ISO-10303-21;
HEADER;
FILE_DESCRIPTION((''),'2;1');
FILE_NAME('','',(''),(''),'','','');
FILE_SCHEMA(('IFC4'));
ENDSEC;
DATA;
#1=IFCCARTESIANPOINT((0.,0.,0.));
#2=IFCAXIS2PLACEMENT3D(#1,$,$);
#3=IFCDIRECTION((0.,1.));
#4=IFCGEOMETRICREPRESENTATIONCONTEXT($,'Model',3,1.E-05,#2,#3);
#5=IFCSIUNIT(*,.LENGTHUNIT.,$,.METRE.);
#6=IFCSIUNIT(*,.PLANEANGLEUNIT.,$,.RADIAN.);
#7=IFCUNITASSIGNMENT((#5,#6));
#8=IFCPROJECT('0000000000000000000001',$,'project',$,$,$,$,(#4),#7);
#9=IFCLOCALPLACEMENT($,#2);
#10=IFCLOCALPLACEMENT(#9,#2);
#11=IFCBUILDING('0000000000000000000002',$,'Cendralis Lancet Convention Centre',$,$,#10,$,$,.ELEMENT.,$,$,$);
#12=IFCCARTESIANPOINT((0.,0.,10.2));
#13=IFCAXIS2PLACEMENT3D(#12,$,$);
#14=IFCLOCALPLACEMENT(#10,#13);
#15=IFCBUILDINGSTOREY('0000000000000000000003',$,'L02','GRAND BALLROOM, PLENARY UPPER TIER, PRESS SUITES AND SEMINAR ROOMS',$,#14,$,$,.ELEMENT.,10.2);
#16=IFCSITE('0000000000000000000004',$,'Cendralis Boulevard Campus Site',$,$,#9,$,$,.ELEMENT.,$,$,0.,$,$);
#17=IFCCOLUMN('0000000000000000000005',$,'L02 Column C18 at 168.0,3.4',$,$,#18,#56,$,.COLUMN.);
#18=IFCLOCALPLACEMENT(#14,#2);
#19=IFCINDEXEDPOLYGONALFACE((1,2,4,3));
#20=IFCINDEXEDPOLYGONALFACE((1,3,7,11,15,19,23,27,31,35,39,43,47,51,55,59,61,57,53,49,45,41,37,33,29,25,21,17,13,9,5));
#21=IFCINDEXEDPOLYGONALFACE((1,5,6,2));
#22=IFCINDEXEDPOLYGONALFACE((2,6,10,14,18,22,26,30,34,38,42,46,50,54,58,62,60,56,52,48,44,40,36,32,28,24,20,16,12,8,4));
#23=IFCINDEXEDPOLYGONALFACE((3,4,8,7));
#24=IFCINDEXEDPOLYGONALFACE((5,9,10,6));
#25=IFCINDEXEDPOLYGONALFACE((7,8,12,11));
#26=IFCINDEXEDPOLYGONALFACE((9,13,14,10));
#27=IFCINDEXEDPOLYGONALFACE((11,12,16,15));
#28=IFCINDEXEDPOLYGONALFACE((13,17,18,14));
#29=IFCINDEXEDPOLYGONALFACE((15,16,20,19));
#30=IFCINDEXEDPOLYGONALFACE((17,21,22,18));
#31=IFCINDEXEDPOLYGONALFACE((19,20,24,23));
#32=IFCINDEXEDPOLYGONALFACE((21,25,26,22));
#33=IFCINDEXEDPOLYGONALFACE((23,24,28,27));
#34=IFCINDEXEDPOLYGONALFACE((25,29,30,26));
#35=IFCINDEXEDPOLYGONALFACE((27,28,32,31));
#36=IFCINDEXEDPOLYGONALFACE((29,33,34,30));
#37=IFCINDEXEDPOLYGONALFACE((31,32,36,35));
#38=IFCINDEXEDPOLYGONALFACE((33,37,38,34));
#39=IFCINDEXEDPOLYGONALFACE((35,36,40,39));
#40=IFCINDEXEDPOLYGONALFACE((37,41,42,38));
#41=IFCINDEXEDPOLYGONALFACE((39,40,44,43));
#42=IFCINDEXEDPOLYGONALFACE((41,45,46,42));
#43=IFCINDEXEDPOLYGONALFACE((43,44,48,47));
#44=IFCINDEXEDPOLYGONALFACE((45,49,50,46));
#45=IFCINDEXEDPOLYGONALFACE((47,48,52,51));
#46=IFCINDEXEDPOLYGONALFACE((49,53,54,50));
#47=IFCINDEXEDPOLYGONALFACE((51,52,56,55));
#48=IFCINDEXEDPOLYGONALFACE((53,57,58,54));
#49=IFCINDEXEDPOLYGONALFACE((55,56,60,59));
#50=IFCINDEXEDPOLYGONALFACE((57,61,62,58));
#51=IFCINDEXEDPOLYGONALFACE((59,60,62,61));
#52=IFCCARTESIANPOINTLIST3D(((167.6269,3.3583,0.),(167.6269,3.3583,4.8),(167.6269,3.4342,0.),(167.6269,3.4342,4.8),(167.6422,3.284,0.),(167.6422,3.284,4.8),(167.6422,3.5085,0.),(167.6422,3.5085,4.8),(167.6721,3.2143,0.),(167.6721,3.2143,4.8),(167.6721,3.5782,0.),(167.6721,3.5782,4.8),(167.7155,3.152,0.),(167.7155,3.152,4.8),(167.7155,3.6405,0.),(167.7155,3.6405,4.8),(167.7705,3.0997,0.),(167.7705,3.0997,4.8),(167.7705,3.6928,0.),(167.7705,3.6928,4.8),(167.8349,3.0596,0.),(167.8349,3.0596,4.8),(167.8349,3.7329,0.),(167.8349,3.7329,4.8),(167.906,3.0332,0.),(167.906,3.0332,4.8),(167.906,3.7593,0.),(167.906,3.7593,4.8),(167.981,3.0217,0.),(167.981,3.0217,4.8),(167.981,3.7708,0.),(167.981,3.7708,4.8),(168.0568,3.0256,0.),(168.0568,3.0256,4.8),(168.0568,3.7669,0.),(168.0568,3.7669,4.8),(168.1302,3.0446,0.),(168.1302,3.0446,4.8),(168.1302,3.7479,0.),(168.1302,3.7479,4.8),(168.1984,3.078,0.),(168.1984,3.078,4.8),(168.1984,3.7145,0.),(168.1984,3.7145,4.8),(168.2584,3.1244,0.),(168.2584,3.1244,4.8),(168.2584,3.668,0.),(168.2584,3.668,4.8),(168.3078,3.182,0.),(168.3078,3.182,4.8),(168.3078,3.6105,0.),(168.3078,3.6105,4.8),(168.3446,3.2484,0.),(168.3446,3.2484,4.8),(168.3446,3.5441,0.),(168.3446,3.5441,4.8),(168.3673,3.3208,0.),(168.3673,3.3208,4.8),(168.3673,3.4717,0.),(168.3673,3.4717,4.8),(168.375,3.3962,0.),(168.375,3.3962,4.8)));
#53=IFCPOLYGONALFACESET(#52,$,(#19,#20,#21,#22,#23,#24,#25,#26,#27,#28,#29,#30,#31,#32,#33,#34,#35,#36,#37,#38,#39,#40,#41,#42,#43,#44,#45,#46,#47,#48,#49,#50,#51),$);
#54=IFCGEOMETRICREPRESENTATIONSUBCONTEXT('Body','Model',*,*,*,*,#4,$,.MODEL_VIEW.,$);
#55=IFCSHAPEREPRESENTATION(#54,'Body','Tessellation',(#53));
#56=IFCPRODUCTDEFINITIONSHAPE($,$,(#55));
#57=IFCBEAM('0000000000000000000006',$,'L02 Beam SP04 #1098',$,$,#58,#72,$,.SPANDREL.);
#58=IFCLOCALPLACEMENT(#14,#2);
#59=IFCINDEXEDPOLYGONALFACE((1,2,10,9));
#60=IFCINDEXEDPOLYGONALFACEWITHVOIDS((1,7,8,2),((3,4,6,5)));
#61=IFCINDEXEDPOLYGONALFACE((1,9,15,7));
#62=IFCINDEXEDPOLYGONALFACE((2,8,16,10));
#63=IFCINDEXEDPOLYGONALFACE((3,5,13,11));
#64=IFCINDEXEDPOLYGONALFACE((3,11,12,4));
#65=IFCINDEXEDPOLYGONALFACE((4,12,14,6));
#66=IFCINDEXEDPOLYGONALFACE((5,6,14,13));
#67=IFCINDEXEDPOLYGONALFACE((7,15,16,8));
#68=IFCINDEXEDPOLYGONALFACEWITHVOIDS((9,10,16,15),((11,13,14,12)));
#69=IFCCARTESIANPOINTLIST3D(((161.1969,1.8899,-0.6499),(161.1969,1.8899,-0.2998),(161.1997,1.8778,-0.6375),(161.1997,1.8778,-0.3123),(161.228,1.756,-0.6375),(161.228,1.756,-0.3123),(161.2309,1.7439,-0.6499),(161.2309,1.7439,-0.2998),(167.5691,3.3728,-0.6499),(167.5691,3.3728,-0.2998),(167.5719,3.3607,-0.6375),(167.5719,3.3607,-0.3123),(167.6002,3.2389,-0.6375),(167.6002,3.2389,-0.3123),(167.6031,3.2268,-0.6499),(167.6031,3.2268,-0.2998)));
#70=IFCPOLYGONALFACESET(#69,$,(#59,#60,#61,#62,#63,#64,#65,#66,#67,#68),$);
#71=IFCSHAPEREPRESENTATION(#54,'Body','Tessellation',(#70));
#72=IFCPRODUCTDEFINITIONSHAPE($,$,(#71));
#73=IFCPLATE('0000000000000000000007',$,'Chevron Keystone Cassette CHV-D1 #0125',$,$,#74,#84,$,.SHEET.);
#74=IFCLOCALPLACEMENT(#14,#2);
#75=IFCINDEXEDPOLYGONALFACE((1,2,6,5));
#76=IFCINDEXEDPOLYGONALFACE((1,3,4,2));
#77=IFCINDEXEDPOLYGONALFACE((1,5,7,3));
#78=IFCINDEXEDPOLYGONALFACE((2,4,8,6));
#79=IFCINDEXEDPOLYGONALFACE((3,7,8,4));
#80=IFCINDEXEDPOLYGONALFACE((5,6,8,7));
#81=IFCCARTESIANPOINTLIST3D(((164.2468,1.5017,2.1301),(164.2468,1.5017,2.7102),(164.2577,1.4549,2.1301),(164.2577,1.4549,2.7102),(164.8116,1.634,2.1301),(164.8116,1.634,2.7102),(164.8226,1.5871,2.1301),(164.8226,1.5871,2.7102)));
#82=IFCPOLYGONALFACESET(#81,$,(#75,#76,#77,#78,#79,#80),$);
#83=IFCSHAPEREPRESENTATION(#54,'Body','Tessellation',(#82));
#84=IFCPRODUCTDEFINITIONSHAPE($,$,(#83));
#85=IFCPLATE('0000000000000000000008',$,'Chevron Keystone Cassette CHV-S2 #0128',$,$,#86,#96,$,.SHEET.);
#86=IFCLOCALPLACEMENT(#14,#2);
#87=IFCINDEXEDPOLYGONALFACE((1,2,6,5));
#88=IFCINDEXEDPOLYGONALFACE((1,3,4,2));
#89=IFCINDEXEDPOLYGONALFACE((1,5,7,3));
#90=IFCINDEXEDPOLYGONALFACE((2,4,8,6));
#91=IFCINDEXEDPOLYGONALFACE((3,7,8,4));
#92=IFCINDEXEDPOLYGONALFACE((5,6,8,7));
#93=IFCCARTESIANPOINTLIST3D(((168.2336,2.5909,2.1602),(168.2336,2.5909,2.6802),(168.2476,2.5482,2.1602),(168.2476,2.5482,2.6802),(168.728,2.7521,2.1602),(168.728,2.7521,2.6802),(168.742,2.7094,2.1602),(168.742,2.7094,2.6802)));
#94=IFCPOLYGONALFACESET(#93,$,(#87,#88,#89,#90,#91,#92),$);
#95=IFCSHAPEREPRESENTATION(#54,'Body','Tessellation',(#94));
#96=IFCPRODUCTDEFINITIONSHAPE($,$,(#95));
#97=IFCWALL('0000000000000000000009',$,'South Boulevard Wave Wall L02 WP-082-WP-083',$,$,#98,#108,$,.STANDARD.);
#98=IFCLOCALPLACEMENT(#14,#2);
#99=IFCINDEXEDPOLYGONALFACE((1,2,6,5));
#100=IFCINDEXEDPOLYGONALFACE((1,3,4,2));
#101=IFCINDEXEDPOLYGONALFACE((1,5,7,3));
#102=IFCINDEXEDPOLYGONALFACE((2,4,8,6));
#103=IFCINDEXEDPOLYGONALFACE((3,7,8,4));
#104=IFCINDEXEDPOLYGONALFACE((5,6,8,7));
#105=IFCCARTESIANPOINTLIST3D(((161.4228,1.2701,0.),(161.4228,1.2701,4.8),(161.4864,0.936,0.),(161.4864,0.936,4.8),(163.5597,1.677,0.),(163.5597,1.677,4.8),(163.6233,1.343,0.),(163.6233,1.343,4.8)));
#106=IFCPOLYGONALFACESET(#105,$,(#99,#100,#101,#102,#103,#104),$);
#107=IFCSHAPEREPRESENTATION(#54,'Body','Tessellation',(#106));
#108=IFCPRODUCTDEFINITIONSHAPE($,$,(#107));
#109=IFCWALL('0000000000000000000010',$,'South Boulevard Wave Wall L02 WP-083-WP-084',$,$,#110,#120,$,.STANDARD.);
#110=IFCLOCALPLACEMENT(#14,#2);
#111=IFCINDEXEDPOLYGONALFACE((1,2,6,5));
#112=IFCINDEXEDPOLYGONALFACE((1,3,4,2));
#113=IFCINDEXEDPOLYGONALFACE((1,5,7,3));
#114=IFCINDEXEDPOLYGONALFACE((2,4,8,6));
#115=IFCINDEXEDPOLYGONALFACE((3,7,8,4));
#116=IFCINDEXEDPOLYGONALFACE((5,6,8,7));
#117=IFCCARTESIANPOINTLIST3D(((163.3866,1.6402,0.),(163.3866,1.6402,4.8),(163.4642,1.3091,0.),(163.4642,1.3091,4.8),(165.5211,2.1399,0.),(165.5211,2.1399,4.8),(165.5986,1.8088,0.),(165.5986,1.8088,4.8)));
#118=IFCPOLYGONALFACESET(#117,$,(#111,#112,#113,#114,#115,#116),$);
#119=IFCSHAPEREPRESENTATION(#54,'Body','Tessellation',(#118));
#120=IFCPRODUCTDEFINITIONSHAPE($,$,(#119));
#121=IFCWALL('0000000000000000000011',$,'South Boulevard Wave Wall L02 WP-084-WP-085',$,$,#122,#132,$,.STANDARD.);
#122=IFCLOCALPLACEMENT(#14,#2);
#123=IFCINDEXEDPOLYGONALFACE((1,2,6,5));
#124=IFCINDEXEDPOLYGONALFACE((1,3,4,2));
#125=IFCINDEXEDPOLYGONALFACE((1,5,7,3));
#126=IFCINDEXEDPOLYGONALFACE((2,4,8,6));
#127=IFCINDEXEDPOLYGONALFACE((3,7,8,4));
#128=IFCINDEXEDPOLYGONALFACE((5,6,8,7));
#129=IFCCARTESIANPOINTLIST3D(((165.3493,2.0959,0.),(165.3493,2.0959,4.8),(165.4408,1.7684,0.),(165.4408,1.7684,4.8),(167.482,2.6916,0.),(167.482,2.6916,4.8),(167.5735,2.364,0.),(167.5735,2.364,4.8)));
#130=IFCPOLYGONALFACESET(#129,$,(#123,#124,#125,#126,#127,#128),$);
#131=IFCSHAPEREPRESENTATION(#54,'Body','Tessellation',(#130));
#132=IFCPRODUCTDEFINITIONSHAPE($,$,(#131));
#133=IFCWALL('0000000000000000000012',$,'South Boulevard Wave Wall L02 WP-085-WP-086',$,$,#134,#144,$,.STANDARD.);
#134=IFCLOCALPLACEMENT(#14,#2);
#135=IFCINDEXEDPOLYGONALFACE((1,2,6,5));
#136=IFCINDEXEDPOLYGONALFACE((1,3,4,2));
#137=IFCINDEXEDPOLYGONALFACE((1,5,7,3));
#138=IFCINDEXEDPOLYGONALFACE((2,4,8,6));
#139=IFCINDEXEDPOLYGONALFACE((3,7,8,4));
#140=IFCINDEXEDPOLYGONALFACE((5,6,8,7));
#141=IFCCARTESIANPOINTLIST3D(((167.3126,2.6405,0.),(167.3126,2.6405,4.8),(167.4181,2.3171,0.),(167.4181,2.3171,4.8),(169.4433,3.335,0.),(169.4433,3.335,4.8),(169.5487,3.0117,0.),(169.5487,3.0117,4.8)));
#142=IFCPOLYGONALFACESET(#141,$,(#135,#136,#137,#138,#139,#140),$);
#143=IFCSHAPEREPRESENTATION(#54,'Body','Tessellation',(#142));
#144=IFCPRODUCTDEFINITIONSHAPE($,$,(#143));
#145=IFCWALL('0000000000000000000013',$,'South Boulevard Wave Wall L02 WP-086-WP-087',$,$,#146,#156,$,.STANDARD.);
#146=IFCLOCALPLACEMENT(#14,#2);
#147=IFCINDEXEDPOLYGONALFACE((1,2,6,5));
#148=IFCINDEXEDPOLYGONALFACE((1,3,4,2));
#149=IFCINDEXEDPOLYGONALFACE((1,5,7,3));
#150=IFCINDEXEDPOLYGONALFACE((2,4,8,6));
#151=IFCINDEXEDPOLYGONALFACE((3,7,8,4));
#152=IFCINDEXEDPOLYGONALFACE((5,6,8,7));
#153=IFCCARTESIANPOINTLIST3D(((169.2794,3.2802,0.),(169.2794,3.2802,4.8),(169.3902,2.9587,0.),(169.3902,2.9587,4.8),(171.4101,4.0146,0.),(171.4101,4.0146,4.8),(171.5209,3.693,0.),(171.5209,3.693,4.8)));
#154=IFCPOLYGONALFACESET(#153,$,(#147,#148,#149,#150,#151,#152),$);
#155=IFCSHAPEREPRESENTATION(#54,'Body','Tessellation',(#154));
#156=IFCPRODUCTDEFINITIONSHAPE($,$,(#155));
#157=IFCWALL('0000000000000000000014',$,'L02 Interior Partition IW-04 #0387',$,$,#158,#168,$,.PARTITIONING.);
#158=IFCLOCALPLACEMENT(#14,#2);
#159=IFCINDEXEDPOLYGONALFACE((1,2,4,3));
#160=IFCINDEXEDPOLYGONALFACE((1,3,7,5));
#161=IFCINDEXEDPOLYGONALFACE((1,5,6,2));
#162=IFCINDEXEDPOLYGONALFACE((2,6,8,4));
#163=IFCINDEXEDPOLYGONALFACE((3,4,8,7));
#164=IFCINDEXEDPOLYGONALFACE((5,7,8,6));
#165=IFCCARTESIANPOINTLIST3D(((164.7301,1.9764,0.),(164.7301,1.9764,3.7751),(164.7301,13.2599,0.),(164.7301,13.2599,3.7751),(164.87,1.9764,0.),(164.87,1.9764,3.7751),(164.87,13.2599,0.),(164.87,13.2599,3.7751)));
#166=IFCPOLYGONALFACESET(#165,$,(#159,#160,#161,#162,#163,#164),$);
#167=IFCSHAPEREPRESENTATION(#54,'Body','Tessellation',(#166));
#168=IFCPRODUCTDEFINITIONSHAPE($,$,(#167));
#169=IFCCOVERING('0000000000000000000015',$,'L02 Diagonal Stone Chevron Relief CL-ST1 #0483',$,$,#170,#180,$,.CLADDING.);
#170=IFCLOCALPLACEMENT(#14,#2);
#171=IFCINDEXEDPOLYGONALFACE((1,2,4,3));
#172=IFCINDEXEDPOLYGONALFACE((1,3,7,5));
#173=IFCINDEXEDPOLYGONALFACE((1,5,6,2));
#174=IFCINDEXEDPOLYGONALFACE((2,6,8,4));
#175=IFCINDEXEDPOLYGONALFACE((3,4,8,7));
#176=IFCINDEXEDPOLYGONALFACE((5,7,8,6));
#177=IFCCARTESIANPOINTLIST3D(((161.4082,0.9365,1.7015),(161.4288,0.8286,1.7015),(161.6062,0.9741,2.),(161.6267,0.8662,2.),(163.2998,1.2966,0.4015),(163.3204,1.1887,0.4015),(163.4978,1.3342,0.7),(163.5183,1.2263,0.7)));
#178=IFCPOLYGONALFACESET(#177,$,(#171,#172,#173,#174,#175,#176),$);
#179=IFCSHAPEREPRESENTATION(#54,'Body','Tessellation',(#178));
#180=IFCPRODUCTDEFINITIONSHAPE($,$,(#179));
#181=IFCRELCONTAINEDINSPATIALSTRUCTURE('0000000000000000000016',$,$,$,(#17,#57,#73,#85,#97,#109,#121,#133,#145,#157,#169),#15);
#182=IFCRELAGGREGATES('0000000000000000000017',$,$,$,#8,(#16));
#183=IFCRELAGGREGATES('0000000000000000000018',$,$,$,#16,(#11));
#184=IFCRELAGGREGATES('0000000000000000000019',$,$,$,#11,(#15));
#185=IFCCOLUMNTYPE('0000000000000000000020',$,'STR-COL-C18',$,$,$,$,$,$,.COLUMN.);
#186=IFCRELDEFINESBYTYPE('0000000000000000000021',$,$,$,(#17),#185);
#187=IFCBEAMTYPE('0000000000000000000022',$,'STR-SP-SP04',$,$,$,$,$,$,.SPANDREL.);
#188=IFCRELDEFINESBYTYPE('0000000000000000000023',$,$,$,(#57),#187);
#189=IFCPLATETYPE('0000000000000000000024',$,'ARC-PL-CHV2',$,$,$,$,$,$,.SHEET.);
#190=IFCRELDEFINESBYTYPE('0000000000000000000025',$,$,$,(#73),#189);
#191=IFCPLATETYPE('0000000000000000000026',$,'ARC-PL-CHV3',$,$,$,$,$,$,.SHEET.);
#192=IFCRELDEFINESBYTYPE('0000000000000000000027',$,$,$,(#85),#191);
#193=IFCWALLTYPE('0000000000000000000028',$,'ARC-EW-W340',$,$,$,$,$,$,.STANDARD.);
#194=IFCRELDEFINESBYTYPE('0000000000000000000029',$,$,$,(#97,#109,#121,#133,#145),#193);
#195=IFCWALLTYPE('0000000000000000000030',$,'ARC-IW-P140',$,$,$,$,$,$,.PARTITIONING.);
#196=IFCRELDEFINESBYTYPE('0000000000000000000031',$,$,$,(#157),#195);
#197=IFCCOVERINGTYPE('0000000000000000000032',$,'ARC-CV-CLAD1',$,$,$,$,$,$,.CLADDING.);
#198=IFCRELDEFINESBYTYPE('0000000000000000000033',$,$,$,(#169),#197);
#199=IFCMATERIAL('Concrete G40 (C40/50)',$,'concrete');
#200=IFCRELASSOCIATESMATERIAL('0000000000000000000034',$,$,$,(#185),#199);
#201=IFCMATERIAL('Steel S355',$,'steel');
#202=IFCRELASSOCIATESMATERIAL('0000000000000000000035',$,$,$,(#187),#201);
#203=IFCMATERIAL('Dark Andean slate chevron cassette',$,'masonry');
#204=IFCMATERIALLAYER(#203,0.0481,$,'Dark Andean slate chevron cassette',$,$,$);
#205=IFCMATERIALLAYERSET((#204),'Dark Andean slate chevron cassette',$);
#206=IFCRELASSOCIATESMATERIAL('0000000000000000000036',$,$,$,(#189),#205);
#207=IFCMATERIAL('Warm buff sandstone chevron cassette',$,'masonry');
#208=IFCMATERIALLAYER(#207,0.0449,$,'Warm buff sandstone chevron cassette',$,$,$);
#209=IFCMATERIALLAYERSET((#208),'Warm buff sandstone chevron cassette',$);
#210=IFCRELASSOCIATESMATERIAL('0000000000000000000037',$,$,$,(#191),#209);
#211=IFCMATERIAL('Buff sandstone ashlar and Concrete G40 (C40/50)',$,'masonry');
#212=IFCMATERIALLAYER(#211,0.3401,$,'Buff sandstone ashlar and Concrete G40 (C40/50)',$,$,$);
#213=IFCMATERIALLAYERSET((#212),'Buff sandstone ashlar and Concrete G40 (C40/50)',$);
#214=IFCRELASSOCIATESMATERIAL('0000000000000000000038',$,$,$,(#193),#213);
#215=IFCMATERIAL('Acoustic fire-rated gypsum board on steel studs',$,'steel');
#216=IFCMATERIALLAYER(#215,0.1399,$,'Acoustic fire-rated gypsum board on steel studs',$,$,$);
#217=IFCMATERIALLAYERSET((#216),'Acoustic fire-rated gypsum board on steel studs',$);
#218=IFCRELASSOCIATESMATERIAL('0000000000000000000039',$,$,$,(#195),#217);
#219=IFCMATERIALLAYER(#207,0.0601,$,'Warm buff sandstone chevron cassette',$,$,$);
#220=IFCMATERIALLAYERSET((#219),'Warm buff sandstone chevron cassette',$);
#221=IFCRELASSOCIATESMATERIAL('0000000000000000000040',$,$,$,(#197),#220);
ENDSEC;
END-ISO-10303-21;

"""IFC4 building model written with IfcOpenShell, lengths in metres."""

from ifc_helpers import new_model, si_unit, direction, frame, frame_2d, origin, origin_2d, place, context, subcontext, project, spatial, polyline, rectangle, hollow_rectangle, circle, outline, extrude, material, layer, layer_set, material_profile, profile_set, type_object, element, save


model = new_model("IFC4")

# Units and contexts
model_context = context("Model", 3, precision=1e-05, world=origin(), true_north=direction((0.0, 1.0)))
body_context = subcontext(model_context, "Body", "Model", "MODEL_VIEW")
ifc_project = project(units=[si_unit("LENGTHUNIT", "METRE"), si_unit("PLANEANGLEUNIT", "RADIAN")], contexts=[model_context])

# Site, building, storey
site_placement = place(None, origin())
site = spatial("IfcSite", under=ifc_project, at=site_placement, Name="Cendralis Boulevard Campus Site", CompositionType="ELEMENT", RefElevation=0.0)
building_placement = place(site_placement, origin())
building = spatial("IfcBuilding", under=site, at=building_placement, Name="Cendralis Lancet Convention Centre", CompositionType="ELEMENT")
storey_placement = place(building_placement, frame((0.0, 0.0, 10.2)))
storey = spatial("IfcBuildingStorey", under=building, at=storey_placement, Name="L02", Description="GRAND BALLROOM, PLENARY UPPER TIER, PRESS SUITES AND SEMINAR ROOMS", CompositionType="ELEMENT", Elevation=10.2)

# Column
ifc_material_1 = material(Name="Concrete G40 (C40/50)", Category="concrete")
ifc_material_profile_1 = material_profile(ifc_material_1, circle(Radius=0.375, at=origin_2d()), Name="RC D750")
ifc_profile_set_1 = profile_set([ifc_material_profile_1], Name="Concrete G40 (C40/50)")
column_type = type_object("IfcColumnType", Name="STR-COL-C18", PredefinedType="COLUMN", material=ifc_profile_set_1)
column_placement = place(storey_placement, frame((168.0, 3.3962, 0.0), z_axis=(0.0, 0.0, 1.0), x_axis=(1.0, 0.0, 0.0)))
element("IfcColumn", 1, at=column_placement, inside=storey, type_object=column_type, Name="L02 Column C18 at 168.0,3.4", PredefinedType="COLUMN", context=body_context, shape_type="SweptSolid", body=[
    extrude(circle(Radius=0.375, at=origin_2d()), origin(), (0.0, 0.0, 1.0), 4.8),
])

# Beam
ifc_material_2 = material(Name="Steel S355", Category="steel")
ifc_material_profile_2 = material_profile(ifc_material_2, hollow_rectangle(XDim=0.1499, YDim=0.3501, WallThickness=0.0125, at=origin_2d()), Name="RHS 350x150x12.5")
ifc_profile_set_2 = profile_set([ifc_material_profile_2], Name="Steel S355")
beam_type = type_object("IfcBeamType", Name="STR-SP-SP04", PredefinedType="SPANDREL", material=ifc_profile_set_2)
beam_placement = place(storey_placement, frame((161.2139, 1.8169, -0.4749), z_axis=(0.973975, 0.226655, 0.0), x_axis=(-0.226655, 0.973975, 0.0)))
element("IfcBeam", 2, at=beam_placement, inside=storey, type_object=beam_type, Name="L02 Beam SP04 #1098", PredefinedType="SPANDREL", context=body_context, shape_type="SweptSolid", body=[
    extrude(hollow_rectangle(XDim=0.1499, YDim=0.3501, WallThickness=0.0125, at=origin_2d()), origin(), (0.0, 0.0, 1.0), 6.5425),
])

# Plates
ifc_material_3 = material(Name="Dark Andean slate chevron cassette", Category="masonry")
ifc_layer_1 = layer(ifc_material_3, 0.0481, Name="Dark Andean slate chevron cassette")
ifc_layer_set_1 = layer_set([ifc_layer_1], Name="Dark Andean slate chevron cassette")
plate_type_1 = type_object("IfcPlateType", Name="ARC-PL-CHV2", PredefinedType="SHEET", material=ifc_layer_set_1)
plate_1_placement = place(storey_placement, frame((164.5347, 1.5444, 2.1301), z_axis=(0.0, 0.0, 1.0), x_axis=(0.97367, 0.22796, 0.0)))
element("IfcPlate", 3, at=plate_1_placement, inside=storey, type_object=plate_type_1, Name="Chevron Keystone Cassette CHV-D1 #0125", PredefinedType="SHEET", context=body_context, shape_type="SweptSolid", body=[
    extrude(rectangle(XDim=0.5801, YDim=0.0481, at=origin_2d()), origin(), (0.0, 0.0, 1.0), 0.5801),
])
ifc_material_4 = material(Name="Warm buff sandstone chevron cassette", Category="masonry")
ifc_layer_2 = layer(ifc_material_4, 0.0449, Name="Warm buff sandstone chevron cassette")
ifc_layer_set_2 = layer_set([ifc_layer_2], Name="Warm buff sandstone chevron cassette")
plate_type_2 = type_object("IfcPlateType", Name="ARC-PL-CHV3", PredefinedType="SHEET", material=ifc_layer_set_2)
plate_2_placement = place(storey_placement, frame((168.4878, 2.6501, 2.1602), z_axis=(0.0, 0.0, 1.0), x_axis=(0.950738, 0.309996, 0.0)))
element("IfcPlate", 4, at=plate_2_placement, inside=storey, type_object=plate_type_2, Name="Chevron Keystone Cassette CHV-S2 #0128", PredefinedType="SHEET", context=body_context, shape_type="SweptSolid", body=[
    extrude(rectangle(XDim=0.52, YDim=0.0449, at=origin_2d()), origin(), (0.0, 0.0, 1.0), 0.52),
])

# Walls
ifc_material_5 = material(Name="Buff sandstone ashlar and Concrete G40 (C40/50)", Category="masonry")
ifc_layer_3 = layer(ifc_material_5, 0.3401, Name="Buff sandstone ashlar and Concrete G40 (C40/50)")
ifc_layer_set_3 = layer_set([ifc_layer_3], Name="Buff sandstone ashlar and Concrete G40 (C40/50)")
wall_type_1 = type_object("IfcWallType", Name="ARC-EW-W340", PredefinedType="STANDARD", material=ifc_layer_set_3)
wall_1_placement = place(storey_placement, frame((161.4546, 1.103, 0.0), z_axis=(0.0, 0.0, 1.0), x_axis=(0.982343, 0.187086, 0.0)))
element("IfcWall", 5, at=wall_1_placement, inside=storey, type_object=wall_type_1, Name="South Boulevard Wave Wall L02 WP-082-WP-083", PredefinedType="STANDARD", context=body_context, shape_type="SweptSolid", body=[
    extrude(rectangle(XDim=2.1753, YDim=0.3401, at=frame_2d((1.0876, 0.0))), origin(), (0.0, 0.0, 1.0), 4.8),
])
wall_2_placement = place(storey_placement, frame((163.4253, 1.4746, 0.0), z_axis=(0.0, 0.0, 1.0), x_axis=(0.973669, 0.227965, 0.0)))
element("IfcWall", 6, at=wall_2_placement, inside=storey, type_object=wall_type_1, Name="South Boulevard Wave Wall L02 WP-083-WP-084", PredefinedType="STANDARD", context=body_context, shape_type="SweptSolid", body=[
    extrude(rectangle(XDim=2.1921, YDim=0.3401, at=frame_2d((1.0962, 0.0))), origin(), (0.0, 0.0, 1.0), 4.8),
])
wall_3_placement = place(storey_placement, frame((165.395, 1.9321, 0.0), z_axis=(0.0, 0.0, 1.0), x_axis=(0.963138, 0.269008, 0.0)))
element("IfcWall", 7, at=wall_3_placement, inside=storey, type_object=wall_type_1, Name="South Boulevard Wave Wall L02 WP-084-WP-085", PredefinedType="STANDARD", context=body_context, shape_type="SweptSolid", body=[
    extrude(rectangle(XDim=2.2144, YDim=0.3401, at=frame_2d((1.1072, 0.0))), origin(), (0.0, 0.0, 1.0), 4.8),
])
wall_4_placement = place(storey_placement, frame((167.3652, 2.4788, 0.0), z_axis=(0.0, 0.0, 1.0), x_axis=(0.950754, 0.309946, 0.0)))
element("IfcWall", 8, at=wall_4_placement, inside=storey, type_object=wall_type_1, Name="South Boulevard Wave Wall L02 WP-085-WP-086", PredefinedType="STANDARD", context=body_context, shape_type="SweptSolid", body=[
    extrude(rectangle(XDim=2.241, YDim=0.3401, at=frame_2d((1.1206, 0.0))), origin(), (0.0, 0.0, 1.0), 4.8),
])
wall_5_placement = place(storey_placement, frame((169.3347, 3.1194, 0.0), z_axis=(0.0, 0.0, 1.0), x_axis=(0.945417, 0.325864, 0.0)))
element("IfcWall", 9, at=wall_5_placement, inside=storey, type_object=wall_type_1, Name="South Boulevard Wave Wall L02 WP-086-WP-087", PredefinedType="STANDARD", context=body_context, shape_type="SweptSolid", body=[
    extrude(rectangle(XDim=2.2537, YDim=0.3401, at=frame_2d((1.127, 0.0))), origin(), (0.0, 0.0, 1.0), 4.8),
])
ifc_material_6 = material(Name="Acoustic fire-rated gypsum board on steel studs", Category="steel")
ifc_layer_4 = layer(ifc_material_6, 0.1399, Name="Acoustic fire-rated gypsum board on steel studs")
ifc_layer_set_4 = layer_set([ifc_layer_4], Name="Acoustic fire-rated gypsum board on steel studs")
wall_type_2 = type_object("IfcWallType", Name="ARC-IW-P140", PredefinedType="PARTITIONING", material=ifc_layer_set_4)
wall_6_placement = place(storey_placement, frame((164.8, 1.9766, 0.0), z_axis=(0.0, 0.0, 1.0), x_axis=(0.0, 1.0, 0.0)))
element("IfcWall", 10, at=wall_6_placement, inside=storey, type_object=wall_type_2, Name="L02 Interior Partition IW-04 #0387", PredefinedType="PARTITIONING", context=body_context, shape_type="SweptSolid", body=[
    extrude(rectangle(XDim=11.2834, YDim=0.1399, at=frame_2d((5.6416, 0.0))), origin(), (0.0, 0.0, 1.0), 3.7751),
])

# Covering
ifc_layer_5 = layer(ifc_material_4, 0.0601, Name="Warm buff sandstone chevron cassette")
ifc_layer_set_5 = layer_set([ifc_layer_5], Name="Warm buff sandstone chevron cassette")
covering_type_1 = type_object("IfcCoveringType", Name="ARC-CV-CLAD1", PredefinedType="CLADDING", material=ifc_layer_set_5)
covering_1_placement = place(storey_placement, frame((161.6267, 0.8662, 2.0), z_axis=(0.549719, 0.104471, 0.828791), x_axis=(0.814169, 0.154995, -0.559558)))
element("IfcCovering", 11, at=covering_1_placement, inside=storey, type_object=covering_type_1, Name="L02 Diagonal Stone Chevron Relief CL-ST1 #0483", PredefinedType="CLADDING", context=body_context, shape_type="SweptSolid", body=[
    extrude(outline(polyline([(0.0, 0.0), (2.3234, 0.0), (2.3234, 0.1098), (0.0, 0.1098), (0.0, 0.0)])), origin(), (0.0, 0.0, -1.0), 0.3601),
])

save(model, "model.ifc")
